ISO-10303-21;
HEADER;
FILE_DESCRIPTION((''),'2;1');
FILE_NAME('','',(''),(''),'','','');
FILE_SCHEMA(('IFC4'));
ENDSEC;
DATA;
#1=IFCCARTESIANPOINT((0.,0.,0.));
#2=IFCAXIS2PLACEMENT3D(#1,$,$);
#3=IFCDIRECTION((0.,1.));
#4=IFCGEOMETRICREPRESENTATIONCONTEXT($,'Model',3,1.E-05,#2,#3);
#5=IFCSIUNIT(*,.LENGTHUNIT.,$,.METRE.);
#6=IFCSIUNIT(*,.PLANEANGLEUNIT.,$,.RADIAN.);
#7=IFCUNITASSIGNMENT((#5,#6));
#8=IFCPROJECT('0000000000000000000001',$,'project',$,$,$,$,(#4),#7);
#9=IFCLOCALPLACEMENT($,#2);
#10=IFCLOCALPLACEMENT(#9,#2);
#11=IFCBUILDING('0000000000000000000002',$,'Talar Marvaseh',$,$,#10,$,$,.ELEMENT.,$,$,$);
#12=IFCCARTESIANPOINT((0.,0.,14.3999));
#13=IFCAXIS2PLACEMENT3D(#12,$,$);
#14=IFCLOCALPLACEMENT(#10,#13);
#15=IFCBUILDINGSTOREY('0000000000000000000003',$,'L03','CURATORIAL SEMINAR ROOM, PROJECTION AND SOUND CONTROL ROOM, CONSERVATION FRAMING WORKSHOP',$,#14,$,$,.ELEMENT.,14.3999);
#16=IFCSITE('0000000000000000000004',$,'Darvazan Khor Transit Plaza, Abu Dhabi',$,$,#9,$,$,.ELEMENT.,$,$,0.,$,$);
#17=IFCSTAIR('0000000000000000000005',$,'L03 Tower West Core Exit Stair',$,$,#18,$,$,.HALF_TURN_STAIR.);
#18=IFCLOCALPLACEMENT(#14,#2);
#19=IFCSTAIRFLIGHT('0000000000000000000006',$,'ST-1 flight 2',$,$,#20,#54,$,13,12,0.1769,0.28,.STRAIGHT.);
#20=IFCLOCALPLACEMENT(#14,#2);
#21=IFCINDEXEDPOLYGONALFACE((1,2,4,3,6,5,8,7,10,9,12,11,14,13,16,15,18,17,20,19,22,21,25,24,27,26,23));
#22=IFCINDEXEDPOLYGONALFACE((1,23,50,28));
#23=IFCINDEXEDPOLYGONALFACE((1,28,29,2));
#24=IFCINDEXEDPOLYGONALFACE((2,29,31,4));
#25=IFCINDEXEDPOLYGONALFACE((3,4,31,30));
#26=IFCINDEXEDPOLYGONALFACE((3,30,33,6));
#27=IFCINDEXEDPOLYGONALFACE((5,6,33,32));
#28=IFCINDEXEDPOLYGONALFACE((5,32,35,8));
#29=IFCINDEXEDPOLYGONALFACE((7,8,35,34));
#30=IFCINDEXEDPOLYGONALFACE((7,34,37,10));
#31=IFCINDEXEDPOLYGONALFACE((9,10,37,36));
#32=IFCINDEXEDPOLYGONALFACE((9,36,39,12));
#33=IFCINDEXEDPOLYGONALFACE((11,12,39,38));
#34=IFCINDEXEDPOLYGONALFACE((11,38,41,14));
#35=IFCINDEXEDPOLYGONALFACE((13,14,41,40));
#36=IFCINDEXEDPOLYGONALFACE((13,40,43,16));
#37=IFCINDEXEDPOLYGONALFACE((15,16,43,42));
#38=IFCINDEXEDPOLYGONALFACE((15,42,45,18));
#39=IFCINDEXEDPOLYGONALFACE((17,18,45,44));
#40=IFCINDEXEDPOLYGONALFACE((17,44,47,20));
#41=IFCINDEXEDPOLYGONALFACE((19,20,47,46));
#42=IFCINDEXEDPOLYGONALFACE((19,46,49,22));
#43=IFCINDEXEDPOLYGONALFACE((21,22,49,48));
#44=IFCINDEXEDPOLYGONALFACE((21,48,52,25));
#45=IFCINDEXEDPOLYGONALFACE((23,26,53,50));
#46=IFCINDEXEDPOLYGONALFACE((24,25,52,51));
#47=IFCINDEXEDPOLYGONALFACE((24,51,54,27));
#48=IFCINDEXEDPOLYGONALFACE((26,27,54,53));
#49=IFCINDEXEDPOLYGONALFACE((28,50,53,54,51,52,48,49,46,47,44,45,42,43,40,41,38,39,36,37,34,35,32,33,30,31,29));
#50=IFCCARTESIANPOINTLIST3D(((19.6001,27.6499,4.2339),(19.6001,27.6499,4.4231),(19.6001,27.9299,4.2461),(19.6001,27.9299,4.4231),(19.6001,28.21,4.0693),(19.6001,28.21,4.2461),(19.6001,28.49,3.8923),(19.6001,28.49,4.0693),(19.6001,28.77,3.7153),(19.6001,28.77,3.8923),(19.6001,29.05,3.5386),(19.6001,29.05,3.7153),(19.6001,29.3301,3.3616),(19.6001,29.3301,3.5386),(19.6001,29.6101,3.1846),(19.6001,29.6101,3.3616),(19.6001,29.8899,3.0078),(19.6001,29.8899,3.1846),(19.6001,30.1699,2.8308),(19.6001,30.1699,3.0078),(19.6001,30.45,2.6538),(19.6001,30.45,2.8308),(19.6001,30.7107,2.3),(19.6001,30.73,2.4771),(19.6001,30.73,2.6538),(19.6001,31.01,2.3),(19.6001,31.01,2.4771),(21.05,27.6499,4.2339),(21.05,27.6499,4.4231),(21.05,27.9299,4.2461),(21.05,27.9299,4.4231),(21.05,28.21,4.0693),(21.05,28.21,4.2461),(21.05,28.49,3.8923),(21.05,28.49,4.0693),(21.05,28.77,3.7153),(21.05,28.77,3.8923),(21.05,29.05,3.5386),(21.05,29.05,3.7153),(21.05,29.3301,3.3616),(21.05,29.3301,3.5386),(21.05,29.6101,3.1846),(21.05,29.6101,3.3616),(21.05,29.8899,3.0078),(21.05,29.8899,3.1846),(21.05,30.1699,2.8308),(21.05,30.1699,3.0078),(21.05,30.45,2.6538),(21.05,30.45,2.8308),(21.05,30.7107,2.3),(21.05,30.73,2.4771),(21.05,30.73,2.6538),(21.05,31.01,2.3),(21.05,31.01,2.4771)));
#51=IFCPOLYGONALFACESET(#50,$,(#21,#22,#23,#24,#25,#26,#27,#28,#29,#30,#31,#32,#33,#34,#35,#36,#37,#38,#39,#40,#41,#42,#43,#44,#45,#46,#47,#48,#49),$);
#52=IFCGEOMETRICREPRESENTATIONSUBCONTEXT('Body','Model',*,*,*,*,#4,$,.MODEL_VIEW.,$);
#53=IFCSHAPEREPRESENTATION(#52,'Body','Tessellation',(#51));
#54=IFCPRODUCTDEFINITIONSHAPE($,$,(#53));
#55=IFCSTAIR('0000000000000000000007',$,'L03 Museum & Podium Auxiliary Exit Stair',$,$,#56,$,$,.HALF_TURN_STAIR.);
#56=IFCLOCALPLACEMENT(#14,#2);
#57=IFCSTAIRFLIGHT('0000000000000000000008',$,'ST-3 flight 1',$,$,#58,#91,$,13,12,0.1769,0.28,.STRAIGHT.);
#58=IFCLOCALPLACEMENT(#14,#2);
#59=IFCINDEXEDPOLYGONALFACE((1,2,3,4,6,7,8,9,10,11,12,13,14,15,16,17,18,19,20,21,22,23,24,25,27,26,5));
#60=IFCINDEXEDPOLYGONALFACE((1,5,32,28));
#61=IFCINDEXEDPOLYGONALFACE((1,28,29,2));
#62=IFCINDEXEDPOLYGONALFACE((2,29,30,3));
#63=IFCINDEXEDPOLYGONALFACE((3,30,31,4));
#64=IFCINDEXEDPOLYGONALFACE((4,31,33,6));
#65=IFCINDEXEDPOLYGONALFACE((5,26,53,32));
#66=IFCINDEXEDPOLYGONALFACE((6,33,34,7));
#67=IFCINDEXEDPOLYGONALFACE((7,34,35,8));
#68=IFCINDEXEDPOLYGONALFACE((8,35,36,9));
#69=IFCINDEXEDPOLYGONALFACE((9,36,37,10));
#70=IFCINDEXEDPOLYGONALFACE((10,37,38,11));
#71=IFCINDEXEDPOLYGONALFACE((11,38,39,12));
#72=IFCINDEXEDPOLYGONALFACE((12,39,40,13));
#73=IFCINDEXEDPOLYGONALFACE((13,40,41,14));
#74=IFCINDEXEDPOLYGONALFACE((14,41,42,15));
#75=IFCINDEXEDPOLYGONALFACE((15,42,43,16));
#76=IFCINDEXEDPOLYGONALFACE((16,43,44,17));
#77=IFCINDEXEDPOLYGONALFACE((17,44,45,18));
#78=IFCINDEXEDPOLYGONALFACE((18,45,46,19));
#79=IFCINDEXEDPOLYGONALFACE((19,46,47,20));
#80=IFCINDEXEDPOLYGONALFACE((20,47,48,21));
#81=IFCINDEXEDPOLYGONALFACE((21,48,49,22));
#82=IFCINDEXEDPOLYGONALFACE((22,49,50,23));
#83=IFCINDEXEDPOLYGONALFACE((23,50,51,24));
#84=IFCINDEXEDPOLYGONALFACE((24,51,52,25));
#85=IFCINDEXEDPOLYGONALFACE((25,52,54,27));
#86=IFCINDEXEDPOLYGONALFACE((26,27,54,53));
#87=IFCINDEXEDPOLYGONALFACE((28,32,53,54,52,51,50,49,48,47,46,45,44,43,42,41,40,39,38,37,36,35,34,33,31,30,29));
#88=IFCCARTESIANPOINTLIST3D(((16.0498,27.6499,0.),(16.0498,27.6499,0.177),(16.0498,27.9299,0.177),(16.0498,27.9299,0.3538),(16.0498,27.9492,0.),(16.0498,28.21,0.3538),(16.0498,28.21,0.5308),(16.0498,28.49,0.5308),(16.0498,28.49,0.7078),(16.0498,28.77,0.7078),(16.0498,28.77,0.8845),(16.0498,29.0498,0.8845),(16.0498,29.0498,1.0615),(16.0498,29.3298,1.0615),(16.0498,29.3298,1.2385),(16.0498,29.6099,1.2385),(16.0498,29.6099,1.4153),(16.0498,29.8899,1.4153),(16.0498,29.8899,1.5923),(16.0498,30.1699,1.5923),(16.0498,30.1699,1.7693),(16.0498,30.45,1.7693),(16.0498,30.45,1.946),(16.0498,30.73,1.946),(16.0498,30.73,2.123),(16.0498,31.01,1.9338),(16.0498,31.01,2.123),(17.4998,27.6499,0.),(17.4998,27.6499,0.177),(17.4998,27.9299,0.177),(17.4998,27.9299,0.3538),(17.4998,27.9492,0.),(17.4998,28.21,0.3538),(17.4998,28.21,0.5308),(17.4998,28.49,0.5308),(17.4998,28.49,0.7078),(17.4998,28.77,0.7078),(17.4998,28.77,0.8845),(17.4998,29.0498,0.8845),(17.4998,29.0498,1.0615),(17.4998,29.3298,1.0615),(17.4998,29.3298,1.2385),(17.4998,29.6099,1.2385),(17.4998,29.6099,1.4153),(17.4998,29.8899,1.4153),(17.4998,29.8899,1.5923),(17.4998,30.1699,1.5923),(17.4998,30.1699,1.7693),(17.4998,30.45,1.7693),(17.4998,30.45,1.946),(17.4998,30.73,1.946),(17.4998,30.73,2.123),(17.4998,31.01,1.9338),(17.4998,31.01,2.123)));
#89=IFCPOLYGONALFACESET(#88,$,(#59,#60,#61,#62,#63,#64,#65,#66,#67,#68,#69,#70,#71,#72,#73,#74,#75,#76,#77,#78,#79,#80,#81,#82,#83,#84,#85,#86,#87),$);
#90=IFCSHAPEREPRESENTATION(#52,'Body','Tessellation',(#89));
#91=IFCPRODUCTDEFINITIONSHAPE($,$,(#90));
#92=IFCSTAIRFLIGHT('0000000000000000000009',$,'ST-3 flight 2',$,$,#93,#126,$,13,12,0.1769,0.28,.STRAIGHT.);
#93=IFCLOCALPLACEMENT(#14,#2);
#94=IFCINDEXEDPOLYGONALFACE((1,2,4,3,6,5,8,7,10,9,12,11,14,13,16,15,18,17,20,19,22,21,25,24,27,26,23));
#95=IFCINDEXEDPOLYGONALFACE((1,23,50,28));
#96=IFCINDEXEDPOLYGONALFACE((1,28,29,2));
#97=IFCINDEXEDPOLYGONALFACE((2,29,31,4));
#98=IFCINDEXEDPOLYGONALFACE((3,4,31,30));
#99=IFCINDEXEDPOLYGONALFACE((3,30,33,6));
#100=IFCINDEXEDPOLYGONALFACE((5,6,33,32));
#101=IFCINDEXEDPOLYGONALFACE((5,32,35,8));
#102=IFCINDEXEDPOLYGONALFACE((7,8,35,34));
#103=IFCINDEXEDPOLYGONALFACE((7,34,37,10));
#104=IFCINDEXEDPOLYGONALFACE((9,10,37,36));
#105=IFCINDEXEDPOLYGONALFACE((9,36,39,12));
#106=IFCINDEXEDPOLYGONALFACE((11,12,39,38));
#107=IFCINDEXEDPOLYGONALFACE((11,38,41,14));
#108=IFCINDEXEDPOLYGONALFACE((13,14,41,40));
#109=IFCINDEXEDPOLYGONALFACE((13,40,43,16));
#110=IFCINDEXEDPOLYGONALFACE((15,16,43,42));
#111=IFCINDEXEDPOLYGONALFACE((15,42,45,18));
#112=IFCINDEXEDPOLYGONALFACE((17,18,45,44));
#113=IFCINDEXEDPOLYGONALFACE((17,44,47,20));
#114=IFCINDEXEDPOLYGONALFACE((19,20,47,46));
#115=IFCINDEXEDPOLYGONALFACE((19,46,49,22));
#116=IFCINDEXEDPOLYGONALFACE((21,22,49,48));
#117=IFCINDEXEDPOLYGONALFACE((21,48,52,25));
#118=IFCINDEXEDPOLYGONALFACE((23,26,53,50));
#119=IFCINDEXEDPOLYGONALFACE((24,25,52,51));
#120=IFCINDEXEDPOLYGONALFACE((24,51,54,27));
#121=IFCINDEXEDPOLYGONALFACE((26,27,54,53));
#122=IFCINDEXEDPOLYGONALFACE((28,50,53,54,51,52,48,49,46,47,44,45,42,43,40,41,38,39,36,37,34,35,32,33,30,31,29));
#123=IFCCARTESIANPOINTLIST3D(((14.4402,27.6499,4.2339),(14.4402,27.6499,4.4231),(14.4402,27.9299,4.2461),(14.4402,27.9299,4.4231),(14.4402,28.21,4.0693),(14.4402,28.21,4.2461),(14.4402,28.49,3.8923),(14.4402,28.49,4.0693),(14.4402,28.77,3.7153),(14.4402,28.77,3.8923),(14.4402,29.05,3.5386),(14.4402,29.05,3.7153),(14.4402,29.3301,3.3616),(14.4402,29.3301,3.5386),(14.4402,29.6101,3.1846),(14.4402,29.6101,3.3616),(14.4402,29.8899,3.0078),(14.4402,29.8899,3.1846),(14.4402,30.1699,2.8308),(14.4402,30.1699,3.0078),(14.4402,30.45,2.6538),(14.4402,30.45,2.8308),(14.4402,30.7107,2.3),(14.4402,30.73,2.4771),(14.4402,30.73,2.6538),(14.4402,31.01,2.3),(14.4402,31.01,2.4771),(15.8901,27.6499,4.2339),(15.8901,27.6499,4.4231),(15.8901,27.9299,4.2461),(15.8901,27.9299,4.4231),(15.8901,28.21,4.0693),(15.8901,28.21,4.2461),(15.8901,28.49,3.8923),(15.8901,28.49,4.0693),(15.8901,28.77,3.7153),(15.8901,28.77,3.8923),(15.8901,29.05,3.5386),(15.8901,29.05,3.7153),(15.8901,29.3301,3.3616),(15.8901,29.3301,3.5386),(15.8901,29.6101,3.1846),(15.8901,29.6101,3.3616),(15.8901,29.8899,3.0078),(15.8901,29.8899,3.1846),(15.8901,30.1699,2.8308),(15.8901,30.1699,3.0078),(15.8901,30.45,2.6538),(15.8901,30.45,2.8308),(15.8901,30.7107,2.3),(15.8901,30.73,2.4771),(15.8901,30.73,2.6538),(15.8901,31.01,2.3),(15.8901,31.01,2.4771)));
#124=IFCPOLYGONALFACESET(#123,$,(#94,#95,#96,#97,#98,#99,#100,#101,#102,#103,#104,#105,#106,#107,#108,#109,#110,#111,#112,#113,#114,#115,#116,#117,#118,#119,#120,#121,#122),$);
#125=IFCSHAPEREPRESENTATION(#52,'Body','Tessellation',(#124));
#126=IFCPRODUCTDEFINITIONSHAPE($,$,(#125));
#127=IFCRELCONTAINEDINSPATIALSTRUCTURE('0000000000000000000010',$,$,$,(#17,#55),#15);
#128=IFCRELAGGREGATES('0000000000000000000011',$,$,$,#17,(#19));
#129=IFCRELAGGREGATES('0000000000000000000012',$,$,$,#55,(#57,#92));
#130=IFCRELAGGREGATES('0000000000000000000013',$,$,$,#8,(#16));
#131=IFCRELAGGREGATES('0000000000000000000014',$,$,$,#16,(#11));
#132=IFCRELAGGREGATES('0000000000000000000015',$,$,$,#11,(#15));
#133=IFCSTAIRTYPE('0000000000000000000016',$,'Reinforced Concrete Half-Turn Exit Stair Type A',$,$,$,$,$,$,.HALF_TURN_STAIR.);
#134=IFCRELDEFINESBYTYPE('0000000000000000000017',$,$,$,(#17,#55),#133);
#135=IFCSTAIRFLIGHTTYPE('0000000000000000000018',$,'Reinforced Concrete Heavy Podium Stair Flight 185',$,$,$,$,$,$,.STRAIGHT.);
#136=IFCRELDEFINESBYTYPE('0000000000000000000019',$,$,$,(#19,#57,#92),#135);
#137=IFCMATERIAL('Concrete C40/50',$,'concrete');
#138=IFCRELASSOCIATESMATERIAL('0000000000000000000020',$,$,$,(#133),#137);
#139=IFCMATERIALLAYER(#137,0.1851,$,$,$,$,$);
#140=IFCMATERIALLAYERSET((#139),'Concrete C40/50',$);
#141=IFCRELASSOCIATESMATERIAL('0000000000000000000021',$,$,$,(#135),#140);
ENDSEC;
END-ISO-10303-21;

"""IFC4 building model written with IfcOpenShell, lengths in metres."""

from ifc_helpers import new_model, si_unit, direction, frame, origin, place, context, subcontext, project, spatial, polyline, outline, extrude, material, layer, layer_set, type_object, element, aggregate, save


model = new_model("IFC4")

# Units and contexts
model_context = context("Model", 3, precision=1e-05, world=origin(), true_north=direction((0.0, 1.0)))
body_context = subcontext(model_context, "Body", "Model", "MODEL_VIEW")
ifc_project = project(units=[si_unit("LENGTHUNIT", "METRE"), si_unit("PLANEANGLEUNIT", "RADIAN")], contexts=[model_context])

# Site, building, storey
site_placement = place(None, origin())
site = spatial("IfcSite", under=ifc_project, at=site_placement, Name="Darvazan Khor Transit Plaza, Abu Dhabi", CompositionType="ELEMENT", RefElevation=0.0)
building_placement = place(site_placement, origin())
building = spatial("IfcBuilding", under=site, at=building_placement, Name="Talar Marvaseh", CompositionType="ELEMENT")
storey_placement = place(building_placement, frame((0.0, 0.0, 14.3999)))
storey = spatial("IfcBuildingStorey", under=building, at=storey_placement, Name="L03", Description="CURATORIAL SEMINAR ROOM, PROJECTION AND SOUND CONTROL ROOM, CONSERVATION FRAMING WORKSHOP", CompositionType="ELEMENT", Elevation=14.3999)

# Stair, stair flight
ifc_material_1 = material(Name="Concrete C40/50", Category="concrete")
stair_type = type_object("IfcStairType", Name="Reinforced Concrete Half-Turn Exit Stair Type A", PredefinedType="HALF_TURN_STAIR", material=ifc_material_1)
stair_1_placement = place(storey_placement, origin())
stair_1 = element("IfcStair", 1, at=stair_1_placement, inside=storey, type_object=stair_type, Name="L03 Tower West Core Exit Stair", PredefinedType="HALF_TURN_STAIR")
ifc_layer_1 = layer(ifc_material_1, 0.1851)
ifc_layer_set_1 = layer_set([ifc_layer_1], Name="Concrete C40/50")
stair_flight_type = type_object("IfcStairFlightType", Name="Reinforced Concrete Heavy Podium Stair Flight 185", PredefinedType="STRAIGHT", material=ifc_layer_set_1)
stair_flight_1_placement = place(storey_placement, frame((20.325, 31.01, 2.3), z_axis=(0.0, 0.0, 1.0), x_axis=(0.0, -1.0, 0.0)))
stair_flight_1 = element("IfcStairFlight", 2, at=stair_flight_1_placement, type_object=stair_flight_type, Name="ST-1 flight 2", NumberOfRisers=13, NumberOfTreads=12, PredefinedType="STRAIGHT", RiserHeight=0.1769, TreadLength=0.28, context=body_context, shape_type="SweptSolid", body=[
    extrude(outline(polyline([(0.0, 0.0), (0.0, 0.177), (0.28, 0.177), (0.28, 0.3538), (0.5601, 0.3538), (0.5601, 0.5308), (0.8401, 0.5308), (0.8401, 0.7078), (1.1201, 0.7078), (1.1201, 0.8845), (1.3999, 0.8845), (1.3999, 1.0615), (1.6799, 1.0615), (1.6799, 1.2385), (1.96, 1.2385), (1.96, 1.4153), (2.24, 1.4153), (2.24, 1.5923), (2.52, 1.5923), (2.52, 1.7693), (2.8, 1.7693), (2.8, 1.946), (3.0801, 1.946), (3.0801, 2.123), (3.3601, 2.123), (3.3601, 2.3), (3.3601, 1.9338), (0.2993, 0.0), (0.0, 0.0)])), frame((0.0, 0.7251, 0.0), z_axis=(0.0, -1.0, 0.0), x_axis=(1.0, 0.0, 0.0)), (0.0, 0.0, 1.0), 1.45),
])
aggregate(stair_1, [stair_flight_1])

# Stair, stair flights
stair_2_placement = place(storey_placement, origin())
stair_2 = element("IfcStair", 3, at=stair_2_placement, inside=storey, type_object=stair_type, Name="L03 Museum & Podium Auxiliary Exit Stair", PredefinedType="HALF_TURN_STAIR")
stair_flight_2_placement = place(storey_placement, frame((16.7749, 27.6499, 0.0), z_axis=(0.0, 0.0, 1.0), x_axis=(0.0, 1.0, 0.0)))
stair_flight_2 = element("IfcStairFlight", 4, at=stair_flight_2_placement, type_object=stair_flight_type, Name="ST-3 flight 1", NumberOfRisers=13, NumberOfTreads=12, PredefinedType="STRAIGHT", RiserHeight=0.1769, TreadLength=0.28, context=body_context, shape_type="SweptSolid", body=[
    extrude(outline(polyline([(0.0, 0.0), (0.0, 0.177), (0.28, 0.177), (0.28, 0.3538), (0.5601, 0.3538), (0.5601, 0.5308), (0.8401, 0.5308), (0.8401, 0.7078), (1.1201, 0.7078), (1.1201, 0.8845), (1.3999, 0.8845), (1.3999, 1.0615), (1.6799, 1.0615), (1.6799, 1.2385), (1.96, 1.2385), (1.96, 1.4153), (2.24, 1.4153), (2.24, 1.5923), (2.52, 1.5923), (2.52, 1.7693), (2.8, 1.7693), (2.8, 1.946), (3.0801, 1.946), (3.0801, 2.123), (3.3601, 2.123), (3.3601, 2.3), (3.3601, 1.9338), (0.2993, 0.0), (0.0, 0.0)])), frame((0.0, 0.7251, 0.0), z_axis=(0.0, -1.0, 0.0), x_axis=(1.0, 0.0, 0.0)), (0.0, 0.0, 1.0), 1.45),
])
stair_flight_3_placement = place(storey_placement, frame((15.165, 31.01, 2.3), z_axis=(0.0, 0.0, 1.0), x_axis=(0.0, -1.0, 0.0)))
stair_flight_3 = element("IfcStairFlight", 5, at=stair_flight_3_placement, type_object=stair_flight_type, Name="ST-3 flight 2", NumberOfRisers=13, NumberOfTreads=12, PredefinedType="STRAIGHT", RiserHeight=0.1769, TreadLength=0.28, context=body_context, shape_type="SweptSolid", body=[
    extrude(outline(polyline([(0.0, 0.0), (0.0, 0.177), (0.28, 0.177), (0.28, 0.3538), (0.5601, 0.3538), (0.5601, 0.5308), (0.8401, 0.5308), (0.8401, 0.7078), (1.1201, 0.7078), (1.1201, 0.8845), (1.3999, 0.8845), (1.3999, 1.0615), (1.6799, 1.0615), (1.6799, 1.2385), (1.96, 1.2385), (1.96, 1.4153), (2.24, 1.4153), (2.24, 1.5923), (2.52, 1.5923), (2.52, 1.7693), (2.8, 1.7693), (2.8, 1.946), (3.0801, 1.946), (3.0801, 2.123), (3.3601, 2.123), (3.3601, 2.3), (3.3601, 1.9338), (0.2993, 0.0), (0.0, 0.0)])), frame((0.0, 0.7251, 0.0), z_axis=(0.0, -1.0, 0.0), x_axis=(1.0, 0.0, 0.0)), (0.0, 0.0, 1.0), 1.45),
])
aggregate(stair_2, [stair_flight_2, stair_flight_3])

save(model, "model.ifc")
